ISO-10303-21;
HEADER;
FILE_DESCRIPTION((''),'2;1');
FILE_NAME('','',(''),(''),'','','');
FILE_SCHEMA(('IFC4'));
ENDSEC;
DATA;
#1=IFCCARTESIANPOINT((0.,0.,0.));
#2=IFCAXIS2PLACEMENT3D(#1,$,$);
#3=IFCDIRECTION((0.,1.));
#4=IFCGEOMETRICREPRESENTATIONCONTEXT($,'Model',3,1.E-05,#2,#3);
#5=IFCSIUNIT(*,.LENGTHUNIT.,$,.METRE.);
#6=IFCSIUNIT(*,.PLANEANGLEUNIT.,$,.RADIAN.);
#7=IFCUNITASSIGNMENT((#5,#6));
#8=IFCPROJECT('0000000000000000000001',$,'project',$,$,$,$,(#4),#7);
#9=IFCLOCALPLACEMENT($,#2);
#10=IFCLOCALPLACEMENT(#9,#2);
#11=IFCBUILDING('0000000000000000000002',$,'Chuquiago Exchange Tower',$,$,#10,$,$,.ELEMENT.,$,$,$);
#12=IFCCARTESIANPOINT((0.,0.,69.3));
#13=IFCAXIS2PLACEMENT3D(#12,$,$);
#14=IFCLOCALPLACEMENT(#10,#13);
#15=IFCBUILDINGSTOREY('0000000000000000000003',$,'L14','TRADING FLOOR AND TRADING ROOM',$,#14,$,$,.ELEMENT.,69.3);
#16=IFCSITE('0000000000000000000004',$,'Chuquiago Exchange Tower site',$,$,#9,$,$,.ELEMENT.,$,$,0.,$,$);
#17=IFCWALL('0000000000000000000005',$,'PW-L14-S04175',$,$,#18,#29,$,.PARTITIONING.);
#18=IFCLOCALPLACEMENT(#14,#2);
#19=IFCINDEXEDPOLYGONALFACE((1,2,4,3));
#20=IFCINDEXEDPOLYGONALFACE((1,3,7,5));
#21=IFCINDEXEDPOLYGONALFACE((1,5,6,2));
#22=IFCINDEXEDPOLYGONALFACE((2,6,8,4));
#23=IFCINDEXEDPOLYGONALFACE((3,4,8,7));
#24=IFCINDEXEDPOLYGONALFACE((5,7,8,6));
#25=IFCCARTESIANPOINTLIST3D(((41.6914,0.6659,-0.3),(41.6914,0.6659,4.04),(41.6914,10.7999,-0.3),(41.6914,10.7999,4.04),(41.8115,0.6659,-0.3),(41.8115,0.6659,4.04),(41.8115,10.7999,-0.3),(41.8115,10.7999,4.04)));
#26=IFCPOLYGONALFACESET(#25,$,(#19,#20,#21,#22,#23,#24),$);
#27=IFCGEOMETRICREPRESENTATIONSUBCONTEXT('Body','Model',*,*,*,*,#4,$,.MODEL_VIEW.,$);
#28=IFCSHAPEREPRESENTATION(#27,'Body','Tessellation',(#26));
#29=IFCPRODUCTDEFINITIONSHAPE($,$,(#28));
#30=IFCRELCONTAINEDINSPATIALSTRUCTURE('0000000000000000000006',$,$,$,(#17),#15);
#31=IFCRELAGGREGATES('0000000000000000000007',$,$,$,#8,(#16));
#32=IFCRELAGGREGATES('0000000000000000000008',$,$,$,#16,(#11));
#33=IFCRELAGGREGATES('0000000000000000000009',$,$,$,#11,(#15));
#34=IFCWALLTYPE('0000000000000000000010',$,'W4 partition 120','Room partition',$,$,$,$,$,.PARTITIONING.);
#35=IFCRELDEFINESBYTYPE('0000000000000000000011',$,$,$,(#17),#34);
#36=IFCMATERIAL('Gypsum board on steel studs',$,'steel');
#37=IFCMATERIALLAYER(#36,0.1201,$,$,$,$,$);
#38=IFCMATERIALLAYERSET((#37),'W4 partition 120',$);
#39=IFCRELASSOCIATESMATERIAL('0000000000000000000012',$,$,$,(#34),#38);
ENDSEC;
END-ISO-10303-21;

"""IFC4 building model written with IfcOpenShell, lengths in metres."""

from ifc_helpers import new_model, si_unit, direction, frame, frame_2d, origin, place, context, subcontext, project, spatial, rectangle, extrude, material, layer, layer_set, type_object, element, save


model = new_model("IFC4")

# Units and contexts
model_context = context("Model", 3, precision=1e-05, world=origin(), true_north=direction((0.0, 1.0)))
body_context = subcontext(model_context, "Body", "Model", "MODEL_VIEW")
ifc_project = project(units=[si_unit("LENGTHUNIT", "METRE"), si_unit("PLANEANGLEUNIT", "RADIAN")], contexts=[model_context])

# Site, building, storey
site_placement = place(None, origin())
site = spatial("IfcSite", under=ifc_project, at=site_placement, Name="Chuquiago Exchange Tower site", CompositionType="ELEMENT", RefElevation=0.0)
building_placement = place(site_placement, origin())
building = spatial("IfcBuilding", under=site, at=building_placement, Name="Chuquiago Exchange Tower", CompositionType="ELEMENT")
storey_placement = place(building_placement, frame((0.0, 0.0, 69.3)))
storey = spatial("IfcBuildingStorey", under=building, at=storey_placement, Name="L14", Description="TRADING FLOOR AND TRADING ROOM", CompositionType="ELEMENT", Elevation=69.3)

# Wall
ifc_material_1 = material(Name="Gypsum board on steel studs", Category="steel")
ifc_layer_1 = layer(ifc_material_1, 0.1201)
ifc_layer_set_1 = layer_set([ifc_layer_1], Name="W4 partition 120")
wall_type = type_object("IfcWallType", Name="W4 partition 120", Description="Room partition", PredefinedType="PARTITIONING", material=ifc_layer_set_1)
wall_placement = place(storey_placement, frame((41.7515, 0.666, -0.3), z_axis=(0.0, 0.0, 1.0), x_axis=(0.0, 1.0, 0.0)))
element("IfcWall", 1, at=wall_placement, inside=storey, type_object=wall_type, Name="PW-L14-S04175", PredefinedType="PARTITIONING", context=body_context, shape_type="SweptSolid", body=[
    extrude(rectangle(XDim=10.134, YDim=0.1201, at=frame_2d((5.0669, 0.0))), origin(), (0.0, 0.0, 1.0), 4.3401),
])

save(model, "model.ifc")
